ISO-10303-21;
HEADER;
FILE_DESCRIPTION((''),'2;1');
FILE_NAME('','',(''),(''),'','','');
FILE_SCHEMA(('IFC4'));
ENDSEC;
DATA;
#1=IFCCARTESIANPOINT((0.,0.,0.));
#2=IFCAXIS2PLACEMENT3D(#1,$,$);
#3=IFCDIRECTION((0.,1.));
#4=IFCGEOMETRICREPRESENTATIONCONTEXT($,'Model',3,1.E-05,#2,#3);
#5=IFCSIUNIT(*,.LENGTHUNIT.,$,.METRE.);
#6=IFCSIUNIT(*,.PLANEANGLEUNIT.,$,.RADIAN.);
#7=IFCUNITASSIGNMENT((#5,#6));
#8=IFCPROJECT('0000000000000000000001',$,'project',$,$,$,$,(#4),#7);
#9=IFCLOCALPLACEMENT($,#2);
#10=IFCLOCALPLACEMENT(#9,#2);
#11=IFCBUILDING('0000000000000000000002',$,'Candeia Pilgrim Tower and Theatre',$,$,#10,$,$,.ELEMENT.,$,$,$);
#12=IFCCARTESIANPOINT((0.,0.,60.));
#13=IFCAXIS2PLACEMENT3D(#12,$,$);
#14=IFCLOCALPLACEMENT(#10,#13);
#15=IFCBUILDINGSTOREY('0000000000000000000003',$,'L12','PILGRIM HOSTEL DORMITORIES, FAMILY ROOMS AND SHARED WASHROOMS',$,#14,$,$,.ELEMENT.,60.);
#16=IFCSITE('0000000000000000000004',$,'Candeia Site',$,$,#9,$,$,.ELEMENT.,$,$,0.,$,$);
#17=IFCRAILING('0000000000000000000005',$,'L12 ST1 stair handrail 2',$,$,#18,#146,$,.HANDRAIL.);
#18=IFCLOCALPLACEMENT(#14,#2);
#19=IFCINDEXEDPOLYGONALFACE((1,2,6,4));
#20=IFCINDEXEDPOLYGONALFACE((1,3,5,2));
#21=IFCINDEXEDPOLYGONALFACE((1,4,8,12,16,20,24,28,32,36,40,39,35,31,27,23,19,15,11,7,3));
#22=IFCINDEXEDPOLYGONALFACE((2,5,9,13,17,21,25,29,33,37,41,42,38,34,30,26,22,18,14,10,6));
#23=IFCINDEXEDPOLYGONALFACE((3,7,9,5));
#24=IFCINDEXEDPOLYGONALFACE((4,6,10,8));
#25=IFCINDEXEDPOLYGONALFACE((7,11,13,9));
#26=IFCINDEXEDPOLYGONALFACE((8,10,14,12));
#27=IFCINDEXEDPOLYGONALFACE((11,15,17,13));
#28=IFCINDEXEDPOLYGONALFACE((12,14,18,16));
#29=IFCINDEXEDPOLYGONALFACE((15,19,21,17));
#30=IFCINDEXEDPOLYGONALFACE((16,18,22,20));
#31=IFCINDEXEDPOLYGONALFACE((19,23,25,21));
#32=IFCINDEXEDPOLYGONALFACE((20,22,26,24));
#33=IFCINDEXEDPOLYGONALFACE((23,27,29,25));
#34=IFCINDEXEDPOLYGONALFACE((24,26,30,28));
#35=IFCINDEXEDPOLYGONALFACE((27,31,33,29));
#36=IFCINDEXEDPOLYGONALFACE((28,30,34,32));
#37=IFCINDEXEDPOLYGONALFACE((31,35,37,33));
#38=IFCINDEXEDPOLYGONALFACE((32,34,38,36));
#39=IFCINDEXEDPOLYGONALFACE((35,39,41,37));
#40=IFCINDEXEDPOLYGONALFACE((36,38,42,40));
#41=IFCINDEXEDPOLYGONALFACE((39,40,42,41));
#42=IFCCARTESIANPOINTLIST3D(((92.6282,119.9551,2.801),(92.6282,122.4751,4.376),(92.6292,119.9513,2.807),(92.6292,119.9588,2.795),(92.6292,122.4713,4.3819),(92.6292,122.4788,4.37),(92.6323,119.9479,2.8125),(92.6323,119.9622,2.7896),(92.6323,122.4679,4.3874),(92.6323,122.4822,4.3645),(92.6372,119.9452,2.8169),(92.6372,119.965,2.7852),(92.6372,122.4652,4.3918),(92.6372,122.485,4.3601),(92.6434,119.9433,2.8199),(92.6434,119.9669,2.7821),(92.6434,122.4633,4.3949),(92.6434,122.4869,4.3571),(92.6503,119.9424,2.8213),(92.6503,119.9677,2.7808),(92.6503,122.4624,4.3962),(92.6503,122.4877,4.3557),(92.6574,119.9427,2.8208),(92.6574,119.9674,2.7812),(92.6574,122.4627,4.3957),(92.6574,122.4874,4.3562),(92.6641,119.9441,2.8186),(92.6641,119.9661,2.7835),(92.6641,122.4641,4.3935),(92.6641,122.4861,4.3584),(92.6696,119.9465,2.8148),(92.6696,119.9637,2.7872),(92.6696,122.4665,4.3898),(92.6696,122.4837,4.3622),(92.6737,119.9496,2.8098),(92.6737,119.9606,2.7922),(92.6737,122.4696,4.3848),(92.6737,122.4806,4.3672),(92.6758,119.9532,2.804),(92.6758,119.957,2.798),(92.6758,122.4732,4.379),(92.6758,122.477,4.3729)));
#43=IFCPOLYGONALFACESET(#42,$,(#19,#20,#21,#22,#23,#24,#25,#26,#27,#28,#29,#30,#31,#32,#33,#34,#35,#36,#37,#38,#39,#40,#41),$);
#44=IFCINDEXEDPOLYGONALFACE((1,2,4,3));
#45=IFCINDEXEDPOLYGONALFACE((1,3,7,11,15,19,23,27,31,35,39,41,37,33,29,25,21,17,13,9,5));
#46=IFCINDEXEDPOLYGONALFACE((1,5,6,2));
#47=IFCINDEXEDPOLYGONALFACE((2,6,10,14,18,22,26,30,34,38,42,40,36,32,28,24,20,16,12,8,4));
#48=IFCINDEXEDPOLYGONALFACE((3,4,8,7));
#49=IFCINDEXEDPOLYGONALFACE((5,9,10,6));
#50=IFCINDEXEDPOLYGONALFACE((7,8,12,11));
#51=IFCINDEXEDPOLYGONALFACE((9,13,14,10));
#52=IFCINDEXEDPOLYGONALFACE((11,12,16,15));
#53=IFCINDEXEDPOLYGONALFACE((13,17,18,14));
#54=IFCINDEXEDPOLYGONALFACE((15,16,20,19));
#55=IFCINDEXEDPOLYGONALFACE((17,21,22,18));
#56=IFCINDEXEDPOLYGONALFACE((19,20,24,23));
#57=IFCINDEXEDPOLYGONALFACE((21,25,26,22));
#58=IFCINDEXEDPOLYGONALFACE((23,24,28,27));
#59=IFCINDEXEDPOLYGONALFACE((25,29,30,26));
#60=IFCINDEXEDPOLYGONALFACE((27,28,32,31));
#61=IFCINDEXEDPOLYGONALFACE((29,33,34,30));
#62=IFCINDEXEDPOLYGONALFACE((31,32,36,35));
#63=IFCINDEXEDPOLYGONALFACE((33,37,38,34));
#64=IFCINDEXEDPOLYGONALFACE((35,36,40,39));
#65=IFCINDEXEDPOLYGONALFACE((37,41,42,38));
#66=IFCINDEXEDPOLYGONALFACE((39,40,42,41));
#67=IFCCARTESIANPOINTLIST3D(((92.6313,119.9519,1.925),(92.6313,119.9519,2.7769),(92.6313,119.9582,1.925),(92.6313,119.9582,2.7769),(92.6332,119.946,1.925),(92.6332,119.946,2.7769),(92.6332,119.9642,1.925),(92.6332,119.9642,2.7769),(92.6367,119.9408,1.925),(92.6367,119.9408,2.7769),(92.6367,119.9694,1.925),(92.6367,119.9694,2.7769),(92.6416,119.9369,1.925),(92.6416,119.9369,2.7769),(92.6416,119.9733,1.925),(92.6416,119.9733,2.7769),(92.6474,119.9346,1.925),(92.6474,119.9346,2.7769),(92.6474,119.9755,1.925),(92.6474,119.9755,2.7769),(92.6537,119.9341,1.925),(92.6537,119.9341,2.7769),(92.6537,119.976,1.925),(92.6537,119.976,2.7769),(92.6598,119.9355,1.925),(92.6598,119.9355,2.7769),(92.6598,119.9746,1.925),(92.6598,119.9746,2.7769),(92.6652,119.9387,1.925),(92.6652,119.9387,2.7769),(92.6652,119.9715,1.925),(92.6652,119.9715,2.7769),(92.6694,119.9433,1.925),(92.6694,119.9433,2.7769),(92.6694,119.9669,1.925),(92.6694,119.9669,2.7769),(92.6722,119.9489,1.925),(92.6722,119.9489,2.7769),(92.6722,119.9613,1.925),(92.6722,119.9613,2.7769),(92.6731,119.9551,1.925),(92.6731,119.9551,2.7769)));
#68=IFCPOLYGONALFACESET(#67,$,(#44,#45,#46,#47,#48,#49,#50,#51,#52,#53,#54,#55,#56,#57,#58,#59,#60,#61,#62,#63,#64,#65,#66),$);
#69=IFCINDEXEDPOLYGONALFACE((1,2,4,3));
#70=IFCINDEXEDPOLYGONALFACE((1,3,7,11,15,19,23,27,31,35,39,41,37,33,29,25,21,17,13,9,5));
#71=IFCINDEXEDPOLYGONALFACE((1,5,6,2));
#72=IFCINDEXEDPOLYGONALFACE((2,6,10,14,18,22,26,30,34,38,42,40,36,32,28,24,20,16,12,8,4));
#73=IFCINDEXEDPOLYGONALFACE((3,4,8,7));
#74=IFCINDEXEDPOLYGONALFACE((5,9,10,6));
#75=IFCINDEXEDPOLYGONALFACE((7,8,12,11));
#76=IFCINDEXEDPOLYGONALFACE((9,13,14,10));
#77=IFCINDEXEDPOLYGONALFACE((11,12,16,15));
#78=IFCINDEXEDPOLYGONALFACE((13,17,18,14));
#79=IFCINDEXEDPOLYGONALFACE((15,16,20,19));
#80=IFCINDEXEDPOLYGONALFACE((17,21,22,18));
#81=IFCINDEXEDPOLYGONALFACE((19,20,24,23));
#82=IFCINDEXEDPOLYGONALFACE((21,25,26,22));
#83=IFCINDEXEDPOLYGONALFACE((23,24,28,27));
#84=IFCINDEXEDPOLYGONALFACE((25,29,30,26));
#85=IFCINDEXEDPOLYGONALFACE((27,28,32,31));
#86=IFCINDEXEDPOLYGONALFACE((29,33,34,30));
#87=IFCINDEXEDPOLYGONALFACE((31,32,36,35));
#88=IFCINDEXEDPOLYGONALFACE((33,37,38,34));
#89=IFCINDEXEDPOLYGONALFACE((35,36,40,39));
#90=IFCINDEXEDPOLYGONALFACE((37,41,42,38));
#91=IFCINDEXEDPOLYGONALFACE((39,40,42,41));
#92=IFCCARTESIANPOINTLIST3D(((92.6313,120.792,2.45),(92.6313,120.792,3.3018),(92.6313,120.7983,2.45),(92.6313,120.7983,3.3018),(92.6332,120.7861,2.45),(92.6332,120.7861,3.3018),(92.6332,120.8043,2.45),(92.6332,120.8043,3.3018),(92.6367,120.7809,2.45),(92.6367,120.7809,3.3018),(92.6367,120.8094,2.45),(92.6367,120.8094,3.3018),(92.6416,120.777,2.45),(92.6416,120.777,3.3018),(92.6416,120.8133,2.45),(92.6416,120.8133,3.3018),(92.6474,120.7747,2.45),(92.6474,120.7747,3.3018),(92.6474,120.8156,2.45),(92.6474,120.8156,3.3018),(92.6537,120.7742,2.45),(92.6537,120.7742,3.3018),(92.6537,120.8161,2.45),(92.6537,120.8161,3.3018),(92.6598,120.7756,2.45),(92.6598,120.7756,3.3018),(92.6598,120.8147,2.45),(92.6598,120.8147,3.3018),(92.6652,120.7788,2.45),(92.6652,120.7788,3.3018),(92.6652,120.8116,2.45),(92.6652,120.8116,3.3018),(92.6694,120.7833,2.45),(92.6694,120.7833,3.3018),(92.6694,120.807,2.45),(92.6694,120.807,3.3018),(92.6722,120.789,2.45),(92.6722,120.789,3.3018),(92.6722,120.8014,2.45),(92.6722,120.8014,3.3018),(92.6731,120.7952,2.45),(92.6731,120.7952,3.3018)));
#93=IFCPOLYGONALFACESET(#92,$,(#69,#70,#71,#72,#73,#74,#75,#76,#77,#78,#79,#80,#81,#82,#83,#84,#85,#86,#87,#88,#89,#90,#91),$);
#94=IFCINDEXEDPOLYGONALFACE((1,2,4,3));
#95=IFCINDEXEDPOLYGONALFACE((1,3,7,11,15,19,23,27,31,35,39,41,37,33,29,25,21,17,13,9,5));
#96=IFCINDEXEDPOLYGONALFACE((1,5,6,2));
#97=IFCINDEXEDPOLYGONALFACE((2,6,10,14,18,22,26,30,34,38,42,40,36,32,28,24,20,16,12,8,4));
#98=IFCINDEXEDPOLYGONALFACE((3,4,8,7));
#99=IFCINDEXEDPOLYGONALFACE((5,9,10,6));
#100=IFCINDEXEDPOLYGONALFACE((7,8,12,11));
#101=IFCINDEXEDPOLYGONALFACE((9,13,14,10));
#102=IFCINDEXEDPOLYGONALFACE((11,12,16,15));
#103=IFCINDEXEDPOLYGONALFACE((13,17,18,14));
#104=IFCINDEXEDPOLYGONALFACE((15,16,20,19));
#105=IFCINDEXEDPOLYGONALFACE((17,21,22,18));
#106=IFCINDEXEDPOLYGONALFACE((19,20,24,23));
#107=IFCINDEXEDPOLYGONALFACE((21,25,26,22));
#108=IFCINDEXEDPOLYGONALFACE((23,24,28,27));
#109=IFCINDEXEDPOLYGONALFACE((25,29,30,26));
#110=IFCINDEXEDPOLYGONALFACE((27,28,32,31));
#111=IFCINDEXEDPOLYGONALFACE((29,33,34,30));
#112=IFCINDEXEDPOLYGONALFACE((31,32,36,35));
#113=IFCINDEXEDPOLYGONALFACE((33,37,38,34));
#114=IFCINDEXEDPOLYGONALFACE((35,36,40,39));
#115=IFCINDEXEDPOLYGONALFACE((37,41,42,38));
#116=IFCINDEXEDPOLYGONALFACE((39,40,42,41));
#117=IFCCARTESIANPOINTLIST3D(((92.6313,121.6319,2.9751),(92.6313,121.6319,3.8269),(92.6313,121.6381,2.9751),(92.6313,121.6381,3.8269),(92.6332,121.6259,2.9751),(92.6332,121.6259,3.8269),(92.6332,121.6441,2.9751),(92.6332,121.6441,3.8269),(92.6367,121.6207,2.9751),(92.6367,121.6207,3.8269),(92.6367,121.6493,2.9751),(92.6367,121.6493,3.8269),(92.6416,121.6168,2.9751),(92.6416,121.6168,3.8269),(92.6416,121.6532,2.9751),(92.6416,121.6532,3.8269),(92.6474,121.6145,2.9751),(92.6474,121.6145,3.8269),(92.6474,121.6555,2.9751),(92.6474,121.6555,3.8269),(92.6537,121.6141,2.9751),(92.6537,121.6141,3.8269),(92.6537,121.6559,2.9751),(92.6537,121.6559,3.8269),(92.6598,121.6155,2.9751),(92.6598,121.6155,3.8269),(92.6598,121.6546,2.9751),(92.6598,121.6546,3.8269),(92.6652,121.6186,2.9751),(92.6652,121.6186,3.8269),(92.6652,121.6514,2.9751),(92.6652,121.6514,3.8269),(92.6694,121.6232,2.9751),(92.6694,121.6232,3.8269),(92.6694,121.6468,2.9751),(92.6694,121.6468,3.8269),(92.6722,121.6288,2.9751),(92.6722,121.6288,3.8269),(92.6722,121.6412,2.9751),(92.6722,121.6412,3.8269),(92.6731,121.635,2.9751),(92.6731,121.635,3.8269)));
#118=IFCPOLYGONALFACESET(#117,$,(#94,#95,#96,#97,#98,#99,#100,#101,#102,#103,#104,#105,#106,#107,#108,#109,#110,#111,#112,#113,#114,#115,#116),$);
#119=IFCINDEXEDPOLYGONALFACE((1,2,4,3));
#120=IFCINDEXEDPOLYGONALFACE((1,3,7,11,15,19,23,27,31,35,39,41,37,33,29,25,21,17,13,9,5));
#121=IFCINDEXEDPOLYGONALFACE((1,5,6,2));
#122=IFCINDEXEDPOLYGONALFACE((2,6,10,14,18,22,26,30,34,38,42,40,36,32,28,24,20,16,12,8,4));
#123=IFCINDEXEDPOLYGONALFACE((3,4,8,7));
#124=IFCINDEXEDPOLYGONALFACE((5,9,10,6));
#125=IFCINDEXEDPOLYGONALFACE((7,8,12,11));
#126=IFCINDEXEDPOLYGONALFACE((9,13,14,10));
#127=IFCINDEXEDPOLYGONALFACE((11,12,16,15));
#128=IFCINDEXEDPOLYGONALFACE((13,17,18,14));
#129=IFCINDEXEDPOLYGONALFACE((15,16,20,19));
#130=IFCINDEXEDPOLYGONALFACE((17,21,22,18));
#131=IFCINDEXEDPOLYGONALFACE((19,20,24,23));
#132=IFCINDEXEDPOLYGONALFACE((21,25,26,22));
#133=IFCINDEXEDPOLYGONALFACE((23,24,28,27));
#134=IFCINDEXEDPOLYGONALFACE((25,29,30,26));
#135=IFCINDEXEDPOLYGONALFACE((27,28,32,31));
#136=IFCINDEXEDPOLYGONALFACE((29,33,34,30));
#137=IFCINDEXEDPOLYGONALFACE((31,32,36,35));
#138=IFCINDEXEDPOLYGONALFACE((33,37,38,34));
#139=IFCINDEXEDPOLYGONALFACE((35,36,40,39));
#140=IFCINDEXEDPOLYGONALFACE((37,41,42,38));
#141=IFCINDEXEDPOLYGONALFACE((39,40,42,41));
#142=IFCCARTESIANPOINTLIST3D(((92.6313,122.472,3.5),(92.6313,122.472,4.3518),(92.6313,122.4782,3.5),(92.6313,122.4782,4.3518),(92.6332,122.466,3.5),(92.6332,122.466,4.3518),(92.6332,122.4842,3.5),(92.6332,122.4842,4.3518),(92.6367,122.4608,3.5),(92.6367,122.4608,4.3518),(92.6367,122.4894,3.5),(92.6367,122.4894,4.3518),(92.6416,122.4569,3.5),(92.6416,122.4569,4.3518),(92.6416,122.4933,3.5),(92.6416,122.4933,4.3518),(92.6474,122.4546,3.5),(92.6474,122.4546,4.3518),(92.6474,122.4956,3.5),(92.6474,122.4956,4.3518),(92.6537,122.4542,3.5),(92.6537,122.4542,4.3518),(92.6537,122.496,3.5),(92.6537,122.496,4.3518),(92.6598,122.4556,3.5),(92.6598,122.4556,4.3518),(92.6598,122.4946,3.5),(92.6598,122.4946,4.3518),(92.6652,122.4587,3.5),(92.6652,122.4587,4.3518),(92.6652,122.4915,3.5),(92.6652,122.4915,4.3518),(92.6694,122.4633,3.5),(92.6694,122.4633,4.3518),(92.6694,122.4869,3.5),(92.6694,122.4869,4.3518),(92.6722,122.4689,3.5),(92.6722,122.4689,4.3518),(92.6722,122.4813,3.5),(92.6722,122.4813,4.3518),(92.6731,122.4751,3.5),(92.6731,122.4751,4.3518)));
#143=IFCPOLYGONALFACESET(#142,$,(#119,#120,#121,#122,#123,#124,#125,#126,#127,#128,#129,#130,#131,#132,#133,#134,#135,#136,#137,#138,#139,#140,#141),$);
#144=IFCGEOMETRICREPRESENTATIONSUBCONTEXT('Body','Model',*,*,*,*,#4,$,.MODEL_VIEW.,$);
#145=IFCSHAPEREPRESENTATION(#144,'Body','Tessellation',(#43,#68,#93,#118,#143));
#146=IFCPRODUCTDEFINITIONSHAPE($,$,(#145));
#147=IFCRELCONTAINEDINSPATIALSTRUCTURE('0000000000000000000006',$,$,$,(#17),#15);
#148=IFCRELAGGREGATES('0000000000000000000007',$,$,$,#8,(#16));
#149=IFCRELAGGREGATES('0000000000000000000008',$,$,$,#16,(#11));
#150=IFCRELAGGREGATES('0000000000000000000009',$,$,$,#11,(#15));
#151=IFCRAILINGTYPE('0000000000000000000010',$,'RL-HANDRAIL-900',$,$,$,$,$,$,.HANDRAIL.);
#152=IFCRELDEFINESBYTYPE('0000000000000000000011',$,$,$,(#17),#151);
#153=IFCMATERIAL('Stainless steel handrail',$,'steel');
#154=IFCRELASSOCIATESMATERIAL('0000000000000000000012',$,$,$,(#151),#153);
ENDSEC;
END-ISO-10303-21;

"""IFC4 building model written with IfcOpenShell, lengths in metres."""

from ifc_helpers import new_model, si_unit, direction, frame, origin, origin_2d, place, context, subcontext, project, spatial, circle, extrude, material, type_object, element, save


model = new_model("IFC4")

# Units and contexts
model_context = context("Model", 3, precision=1e-05, world=origin(), true_north=direction((0.0, 1.0)))
body_context = subcontext(model_context, "Body", "Model", "MODEL_VIEW")
ifc_project = project(units=[si_unit("LENGTHUNIT", "METRE"), si_unit("PLANEANGLEUNIT", "RADIAN")], contexts=[model_context])

# Site, building, storey
site_placement = place(None, origin())
site = spatial("IfcSite", under=ifc_project, at=site_placement, Name="Candeia Site", CompositionType="ELEMENT", RefElevation=0.0)
building_placement = place(site_placement, origin())
building = spatial("IfcBuilding", under=site, at=building_placement, Name="Candeia Pilgrim Tower and Theatre", CompositionType="ELEMENT")
storey_placement = place(building_placement, frame((0.0, 0.0, 60.0)))
storey = spatial("IfcBuildingStorey", under=building, at=storey_placement, Name="L12", Description="PILGRIM HOSTEL DORMITORIES, FAMILY ROOMS AND SHARED WASHROOMS", CompositionType="ELEMENT", Elevation=60.0)

# Railing
ifc_material_1 = material(Name="Stainless steel handrail", Category="steel")
railing_type_1 = type_object("IfcRailingType", Name="RL-HANDRAIL-900", PredefinedType="HANDRAIL", material=ifc_material_1)
railing_1_placement = place(storey_placement, frame((92.6521, 119.9551, 1.925)))
element("IfcRailing", 1, at=railing_1_placement, inside=storey, type_object=railing_type_1, Name="L12 ST1 stair handrail 2", PredefinedType="HANDRAIL", context=body_context, shape_type="SweptSolid", body=[
    extrude(circle(Radius=0.0239, at=origin_2d()), frame((0.0, 0.0, 0.876), z_axis=(0.0, 0.848008, 0.529984), x_axis=(-1.0, 0.0, 0.0)), (0.0, 0.0, 1.0), 2.9717),
    extrude(circle(Radius=0.021, at=origin_2d()), origin(), (0.0, 0.0, 1.0), 0.8518),
    extrude(circle(Radius=0.021, at=origin_2d()), frame((0.0, 0.8401, 0.5249)), (0.0, 0.0, 1.0), 0.8518),
    extrude(circle(Radius=0.021, at=origin_2d()), frame((0.0, 1.6799, 1.05)), (0.0, 0.0, 1.0), 0.8518),
    extrude(circle(Radius=0.021, at=origin_2d()), frame((0.0, 2.52, 1.575)), (0.0, 0.0, 1.0), 0.8518),
])

save(model, "model.ifc")
